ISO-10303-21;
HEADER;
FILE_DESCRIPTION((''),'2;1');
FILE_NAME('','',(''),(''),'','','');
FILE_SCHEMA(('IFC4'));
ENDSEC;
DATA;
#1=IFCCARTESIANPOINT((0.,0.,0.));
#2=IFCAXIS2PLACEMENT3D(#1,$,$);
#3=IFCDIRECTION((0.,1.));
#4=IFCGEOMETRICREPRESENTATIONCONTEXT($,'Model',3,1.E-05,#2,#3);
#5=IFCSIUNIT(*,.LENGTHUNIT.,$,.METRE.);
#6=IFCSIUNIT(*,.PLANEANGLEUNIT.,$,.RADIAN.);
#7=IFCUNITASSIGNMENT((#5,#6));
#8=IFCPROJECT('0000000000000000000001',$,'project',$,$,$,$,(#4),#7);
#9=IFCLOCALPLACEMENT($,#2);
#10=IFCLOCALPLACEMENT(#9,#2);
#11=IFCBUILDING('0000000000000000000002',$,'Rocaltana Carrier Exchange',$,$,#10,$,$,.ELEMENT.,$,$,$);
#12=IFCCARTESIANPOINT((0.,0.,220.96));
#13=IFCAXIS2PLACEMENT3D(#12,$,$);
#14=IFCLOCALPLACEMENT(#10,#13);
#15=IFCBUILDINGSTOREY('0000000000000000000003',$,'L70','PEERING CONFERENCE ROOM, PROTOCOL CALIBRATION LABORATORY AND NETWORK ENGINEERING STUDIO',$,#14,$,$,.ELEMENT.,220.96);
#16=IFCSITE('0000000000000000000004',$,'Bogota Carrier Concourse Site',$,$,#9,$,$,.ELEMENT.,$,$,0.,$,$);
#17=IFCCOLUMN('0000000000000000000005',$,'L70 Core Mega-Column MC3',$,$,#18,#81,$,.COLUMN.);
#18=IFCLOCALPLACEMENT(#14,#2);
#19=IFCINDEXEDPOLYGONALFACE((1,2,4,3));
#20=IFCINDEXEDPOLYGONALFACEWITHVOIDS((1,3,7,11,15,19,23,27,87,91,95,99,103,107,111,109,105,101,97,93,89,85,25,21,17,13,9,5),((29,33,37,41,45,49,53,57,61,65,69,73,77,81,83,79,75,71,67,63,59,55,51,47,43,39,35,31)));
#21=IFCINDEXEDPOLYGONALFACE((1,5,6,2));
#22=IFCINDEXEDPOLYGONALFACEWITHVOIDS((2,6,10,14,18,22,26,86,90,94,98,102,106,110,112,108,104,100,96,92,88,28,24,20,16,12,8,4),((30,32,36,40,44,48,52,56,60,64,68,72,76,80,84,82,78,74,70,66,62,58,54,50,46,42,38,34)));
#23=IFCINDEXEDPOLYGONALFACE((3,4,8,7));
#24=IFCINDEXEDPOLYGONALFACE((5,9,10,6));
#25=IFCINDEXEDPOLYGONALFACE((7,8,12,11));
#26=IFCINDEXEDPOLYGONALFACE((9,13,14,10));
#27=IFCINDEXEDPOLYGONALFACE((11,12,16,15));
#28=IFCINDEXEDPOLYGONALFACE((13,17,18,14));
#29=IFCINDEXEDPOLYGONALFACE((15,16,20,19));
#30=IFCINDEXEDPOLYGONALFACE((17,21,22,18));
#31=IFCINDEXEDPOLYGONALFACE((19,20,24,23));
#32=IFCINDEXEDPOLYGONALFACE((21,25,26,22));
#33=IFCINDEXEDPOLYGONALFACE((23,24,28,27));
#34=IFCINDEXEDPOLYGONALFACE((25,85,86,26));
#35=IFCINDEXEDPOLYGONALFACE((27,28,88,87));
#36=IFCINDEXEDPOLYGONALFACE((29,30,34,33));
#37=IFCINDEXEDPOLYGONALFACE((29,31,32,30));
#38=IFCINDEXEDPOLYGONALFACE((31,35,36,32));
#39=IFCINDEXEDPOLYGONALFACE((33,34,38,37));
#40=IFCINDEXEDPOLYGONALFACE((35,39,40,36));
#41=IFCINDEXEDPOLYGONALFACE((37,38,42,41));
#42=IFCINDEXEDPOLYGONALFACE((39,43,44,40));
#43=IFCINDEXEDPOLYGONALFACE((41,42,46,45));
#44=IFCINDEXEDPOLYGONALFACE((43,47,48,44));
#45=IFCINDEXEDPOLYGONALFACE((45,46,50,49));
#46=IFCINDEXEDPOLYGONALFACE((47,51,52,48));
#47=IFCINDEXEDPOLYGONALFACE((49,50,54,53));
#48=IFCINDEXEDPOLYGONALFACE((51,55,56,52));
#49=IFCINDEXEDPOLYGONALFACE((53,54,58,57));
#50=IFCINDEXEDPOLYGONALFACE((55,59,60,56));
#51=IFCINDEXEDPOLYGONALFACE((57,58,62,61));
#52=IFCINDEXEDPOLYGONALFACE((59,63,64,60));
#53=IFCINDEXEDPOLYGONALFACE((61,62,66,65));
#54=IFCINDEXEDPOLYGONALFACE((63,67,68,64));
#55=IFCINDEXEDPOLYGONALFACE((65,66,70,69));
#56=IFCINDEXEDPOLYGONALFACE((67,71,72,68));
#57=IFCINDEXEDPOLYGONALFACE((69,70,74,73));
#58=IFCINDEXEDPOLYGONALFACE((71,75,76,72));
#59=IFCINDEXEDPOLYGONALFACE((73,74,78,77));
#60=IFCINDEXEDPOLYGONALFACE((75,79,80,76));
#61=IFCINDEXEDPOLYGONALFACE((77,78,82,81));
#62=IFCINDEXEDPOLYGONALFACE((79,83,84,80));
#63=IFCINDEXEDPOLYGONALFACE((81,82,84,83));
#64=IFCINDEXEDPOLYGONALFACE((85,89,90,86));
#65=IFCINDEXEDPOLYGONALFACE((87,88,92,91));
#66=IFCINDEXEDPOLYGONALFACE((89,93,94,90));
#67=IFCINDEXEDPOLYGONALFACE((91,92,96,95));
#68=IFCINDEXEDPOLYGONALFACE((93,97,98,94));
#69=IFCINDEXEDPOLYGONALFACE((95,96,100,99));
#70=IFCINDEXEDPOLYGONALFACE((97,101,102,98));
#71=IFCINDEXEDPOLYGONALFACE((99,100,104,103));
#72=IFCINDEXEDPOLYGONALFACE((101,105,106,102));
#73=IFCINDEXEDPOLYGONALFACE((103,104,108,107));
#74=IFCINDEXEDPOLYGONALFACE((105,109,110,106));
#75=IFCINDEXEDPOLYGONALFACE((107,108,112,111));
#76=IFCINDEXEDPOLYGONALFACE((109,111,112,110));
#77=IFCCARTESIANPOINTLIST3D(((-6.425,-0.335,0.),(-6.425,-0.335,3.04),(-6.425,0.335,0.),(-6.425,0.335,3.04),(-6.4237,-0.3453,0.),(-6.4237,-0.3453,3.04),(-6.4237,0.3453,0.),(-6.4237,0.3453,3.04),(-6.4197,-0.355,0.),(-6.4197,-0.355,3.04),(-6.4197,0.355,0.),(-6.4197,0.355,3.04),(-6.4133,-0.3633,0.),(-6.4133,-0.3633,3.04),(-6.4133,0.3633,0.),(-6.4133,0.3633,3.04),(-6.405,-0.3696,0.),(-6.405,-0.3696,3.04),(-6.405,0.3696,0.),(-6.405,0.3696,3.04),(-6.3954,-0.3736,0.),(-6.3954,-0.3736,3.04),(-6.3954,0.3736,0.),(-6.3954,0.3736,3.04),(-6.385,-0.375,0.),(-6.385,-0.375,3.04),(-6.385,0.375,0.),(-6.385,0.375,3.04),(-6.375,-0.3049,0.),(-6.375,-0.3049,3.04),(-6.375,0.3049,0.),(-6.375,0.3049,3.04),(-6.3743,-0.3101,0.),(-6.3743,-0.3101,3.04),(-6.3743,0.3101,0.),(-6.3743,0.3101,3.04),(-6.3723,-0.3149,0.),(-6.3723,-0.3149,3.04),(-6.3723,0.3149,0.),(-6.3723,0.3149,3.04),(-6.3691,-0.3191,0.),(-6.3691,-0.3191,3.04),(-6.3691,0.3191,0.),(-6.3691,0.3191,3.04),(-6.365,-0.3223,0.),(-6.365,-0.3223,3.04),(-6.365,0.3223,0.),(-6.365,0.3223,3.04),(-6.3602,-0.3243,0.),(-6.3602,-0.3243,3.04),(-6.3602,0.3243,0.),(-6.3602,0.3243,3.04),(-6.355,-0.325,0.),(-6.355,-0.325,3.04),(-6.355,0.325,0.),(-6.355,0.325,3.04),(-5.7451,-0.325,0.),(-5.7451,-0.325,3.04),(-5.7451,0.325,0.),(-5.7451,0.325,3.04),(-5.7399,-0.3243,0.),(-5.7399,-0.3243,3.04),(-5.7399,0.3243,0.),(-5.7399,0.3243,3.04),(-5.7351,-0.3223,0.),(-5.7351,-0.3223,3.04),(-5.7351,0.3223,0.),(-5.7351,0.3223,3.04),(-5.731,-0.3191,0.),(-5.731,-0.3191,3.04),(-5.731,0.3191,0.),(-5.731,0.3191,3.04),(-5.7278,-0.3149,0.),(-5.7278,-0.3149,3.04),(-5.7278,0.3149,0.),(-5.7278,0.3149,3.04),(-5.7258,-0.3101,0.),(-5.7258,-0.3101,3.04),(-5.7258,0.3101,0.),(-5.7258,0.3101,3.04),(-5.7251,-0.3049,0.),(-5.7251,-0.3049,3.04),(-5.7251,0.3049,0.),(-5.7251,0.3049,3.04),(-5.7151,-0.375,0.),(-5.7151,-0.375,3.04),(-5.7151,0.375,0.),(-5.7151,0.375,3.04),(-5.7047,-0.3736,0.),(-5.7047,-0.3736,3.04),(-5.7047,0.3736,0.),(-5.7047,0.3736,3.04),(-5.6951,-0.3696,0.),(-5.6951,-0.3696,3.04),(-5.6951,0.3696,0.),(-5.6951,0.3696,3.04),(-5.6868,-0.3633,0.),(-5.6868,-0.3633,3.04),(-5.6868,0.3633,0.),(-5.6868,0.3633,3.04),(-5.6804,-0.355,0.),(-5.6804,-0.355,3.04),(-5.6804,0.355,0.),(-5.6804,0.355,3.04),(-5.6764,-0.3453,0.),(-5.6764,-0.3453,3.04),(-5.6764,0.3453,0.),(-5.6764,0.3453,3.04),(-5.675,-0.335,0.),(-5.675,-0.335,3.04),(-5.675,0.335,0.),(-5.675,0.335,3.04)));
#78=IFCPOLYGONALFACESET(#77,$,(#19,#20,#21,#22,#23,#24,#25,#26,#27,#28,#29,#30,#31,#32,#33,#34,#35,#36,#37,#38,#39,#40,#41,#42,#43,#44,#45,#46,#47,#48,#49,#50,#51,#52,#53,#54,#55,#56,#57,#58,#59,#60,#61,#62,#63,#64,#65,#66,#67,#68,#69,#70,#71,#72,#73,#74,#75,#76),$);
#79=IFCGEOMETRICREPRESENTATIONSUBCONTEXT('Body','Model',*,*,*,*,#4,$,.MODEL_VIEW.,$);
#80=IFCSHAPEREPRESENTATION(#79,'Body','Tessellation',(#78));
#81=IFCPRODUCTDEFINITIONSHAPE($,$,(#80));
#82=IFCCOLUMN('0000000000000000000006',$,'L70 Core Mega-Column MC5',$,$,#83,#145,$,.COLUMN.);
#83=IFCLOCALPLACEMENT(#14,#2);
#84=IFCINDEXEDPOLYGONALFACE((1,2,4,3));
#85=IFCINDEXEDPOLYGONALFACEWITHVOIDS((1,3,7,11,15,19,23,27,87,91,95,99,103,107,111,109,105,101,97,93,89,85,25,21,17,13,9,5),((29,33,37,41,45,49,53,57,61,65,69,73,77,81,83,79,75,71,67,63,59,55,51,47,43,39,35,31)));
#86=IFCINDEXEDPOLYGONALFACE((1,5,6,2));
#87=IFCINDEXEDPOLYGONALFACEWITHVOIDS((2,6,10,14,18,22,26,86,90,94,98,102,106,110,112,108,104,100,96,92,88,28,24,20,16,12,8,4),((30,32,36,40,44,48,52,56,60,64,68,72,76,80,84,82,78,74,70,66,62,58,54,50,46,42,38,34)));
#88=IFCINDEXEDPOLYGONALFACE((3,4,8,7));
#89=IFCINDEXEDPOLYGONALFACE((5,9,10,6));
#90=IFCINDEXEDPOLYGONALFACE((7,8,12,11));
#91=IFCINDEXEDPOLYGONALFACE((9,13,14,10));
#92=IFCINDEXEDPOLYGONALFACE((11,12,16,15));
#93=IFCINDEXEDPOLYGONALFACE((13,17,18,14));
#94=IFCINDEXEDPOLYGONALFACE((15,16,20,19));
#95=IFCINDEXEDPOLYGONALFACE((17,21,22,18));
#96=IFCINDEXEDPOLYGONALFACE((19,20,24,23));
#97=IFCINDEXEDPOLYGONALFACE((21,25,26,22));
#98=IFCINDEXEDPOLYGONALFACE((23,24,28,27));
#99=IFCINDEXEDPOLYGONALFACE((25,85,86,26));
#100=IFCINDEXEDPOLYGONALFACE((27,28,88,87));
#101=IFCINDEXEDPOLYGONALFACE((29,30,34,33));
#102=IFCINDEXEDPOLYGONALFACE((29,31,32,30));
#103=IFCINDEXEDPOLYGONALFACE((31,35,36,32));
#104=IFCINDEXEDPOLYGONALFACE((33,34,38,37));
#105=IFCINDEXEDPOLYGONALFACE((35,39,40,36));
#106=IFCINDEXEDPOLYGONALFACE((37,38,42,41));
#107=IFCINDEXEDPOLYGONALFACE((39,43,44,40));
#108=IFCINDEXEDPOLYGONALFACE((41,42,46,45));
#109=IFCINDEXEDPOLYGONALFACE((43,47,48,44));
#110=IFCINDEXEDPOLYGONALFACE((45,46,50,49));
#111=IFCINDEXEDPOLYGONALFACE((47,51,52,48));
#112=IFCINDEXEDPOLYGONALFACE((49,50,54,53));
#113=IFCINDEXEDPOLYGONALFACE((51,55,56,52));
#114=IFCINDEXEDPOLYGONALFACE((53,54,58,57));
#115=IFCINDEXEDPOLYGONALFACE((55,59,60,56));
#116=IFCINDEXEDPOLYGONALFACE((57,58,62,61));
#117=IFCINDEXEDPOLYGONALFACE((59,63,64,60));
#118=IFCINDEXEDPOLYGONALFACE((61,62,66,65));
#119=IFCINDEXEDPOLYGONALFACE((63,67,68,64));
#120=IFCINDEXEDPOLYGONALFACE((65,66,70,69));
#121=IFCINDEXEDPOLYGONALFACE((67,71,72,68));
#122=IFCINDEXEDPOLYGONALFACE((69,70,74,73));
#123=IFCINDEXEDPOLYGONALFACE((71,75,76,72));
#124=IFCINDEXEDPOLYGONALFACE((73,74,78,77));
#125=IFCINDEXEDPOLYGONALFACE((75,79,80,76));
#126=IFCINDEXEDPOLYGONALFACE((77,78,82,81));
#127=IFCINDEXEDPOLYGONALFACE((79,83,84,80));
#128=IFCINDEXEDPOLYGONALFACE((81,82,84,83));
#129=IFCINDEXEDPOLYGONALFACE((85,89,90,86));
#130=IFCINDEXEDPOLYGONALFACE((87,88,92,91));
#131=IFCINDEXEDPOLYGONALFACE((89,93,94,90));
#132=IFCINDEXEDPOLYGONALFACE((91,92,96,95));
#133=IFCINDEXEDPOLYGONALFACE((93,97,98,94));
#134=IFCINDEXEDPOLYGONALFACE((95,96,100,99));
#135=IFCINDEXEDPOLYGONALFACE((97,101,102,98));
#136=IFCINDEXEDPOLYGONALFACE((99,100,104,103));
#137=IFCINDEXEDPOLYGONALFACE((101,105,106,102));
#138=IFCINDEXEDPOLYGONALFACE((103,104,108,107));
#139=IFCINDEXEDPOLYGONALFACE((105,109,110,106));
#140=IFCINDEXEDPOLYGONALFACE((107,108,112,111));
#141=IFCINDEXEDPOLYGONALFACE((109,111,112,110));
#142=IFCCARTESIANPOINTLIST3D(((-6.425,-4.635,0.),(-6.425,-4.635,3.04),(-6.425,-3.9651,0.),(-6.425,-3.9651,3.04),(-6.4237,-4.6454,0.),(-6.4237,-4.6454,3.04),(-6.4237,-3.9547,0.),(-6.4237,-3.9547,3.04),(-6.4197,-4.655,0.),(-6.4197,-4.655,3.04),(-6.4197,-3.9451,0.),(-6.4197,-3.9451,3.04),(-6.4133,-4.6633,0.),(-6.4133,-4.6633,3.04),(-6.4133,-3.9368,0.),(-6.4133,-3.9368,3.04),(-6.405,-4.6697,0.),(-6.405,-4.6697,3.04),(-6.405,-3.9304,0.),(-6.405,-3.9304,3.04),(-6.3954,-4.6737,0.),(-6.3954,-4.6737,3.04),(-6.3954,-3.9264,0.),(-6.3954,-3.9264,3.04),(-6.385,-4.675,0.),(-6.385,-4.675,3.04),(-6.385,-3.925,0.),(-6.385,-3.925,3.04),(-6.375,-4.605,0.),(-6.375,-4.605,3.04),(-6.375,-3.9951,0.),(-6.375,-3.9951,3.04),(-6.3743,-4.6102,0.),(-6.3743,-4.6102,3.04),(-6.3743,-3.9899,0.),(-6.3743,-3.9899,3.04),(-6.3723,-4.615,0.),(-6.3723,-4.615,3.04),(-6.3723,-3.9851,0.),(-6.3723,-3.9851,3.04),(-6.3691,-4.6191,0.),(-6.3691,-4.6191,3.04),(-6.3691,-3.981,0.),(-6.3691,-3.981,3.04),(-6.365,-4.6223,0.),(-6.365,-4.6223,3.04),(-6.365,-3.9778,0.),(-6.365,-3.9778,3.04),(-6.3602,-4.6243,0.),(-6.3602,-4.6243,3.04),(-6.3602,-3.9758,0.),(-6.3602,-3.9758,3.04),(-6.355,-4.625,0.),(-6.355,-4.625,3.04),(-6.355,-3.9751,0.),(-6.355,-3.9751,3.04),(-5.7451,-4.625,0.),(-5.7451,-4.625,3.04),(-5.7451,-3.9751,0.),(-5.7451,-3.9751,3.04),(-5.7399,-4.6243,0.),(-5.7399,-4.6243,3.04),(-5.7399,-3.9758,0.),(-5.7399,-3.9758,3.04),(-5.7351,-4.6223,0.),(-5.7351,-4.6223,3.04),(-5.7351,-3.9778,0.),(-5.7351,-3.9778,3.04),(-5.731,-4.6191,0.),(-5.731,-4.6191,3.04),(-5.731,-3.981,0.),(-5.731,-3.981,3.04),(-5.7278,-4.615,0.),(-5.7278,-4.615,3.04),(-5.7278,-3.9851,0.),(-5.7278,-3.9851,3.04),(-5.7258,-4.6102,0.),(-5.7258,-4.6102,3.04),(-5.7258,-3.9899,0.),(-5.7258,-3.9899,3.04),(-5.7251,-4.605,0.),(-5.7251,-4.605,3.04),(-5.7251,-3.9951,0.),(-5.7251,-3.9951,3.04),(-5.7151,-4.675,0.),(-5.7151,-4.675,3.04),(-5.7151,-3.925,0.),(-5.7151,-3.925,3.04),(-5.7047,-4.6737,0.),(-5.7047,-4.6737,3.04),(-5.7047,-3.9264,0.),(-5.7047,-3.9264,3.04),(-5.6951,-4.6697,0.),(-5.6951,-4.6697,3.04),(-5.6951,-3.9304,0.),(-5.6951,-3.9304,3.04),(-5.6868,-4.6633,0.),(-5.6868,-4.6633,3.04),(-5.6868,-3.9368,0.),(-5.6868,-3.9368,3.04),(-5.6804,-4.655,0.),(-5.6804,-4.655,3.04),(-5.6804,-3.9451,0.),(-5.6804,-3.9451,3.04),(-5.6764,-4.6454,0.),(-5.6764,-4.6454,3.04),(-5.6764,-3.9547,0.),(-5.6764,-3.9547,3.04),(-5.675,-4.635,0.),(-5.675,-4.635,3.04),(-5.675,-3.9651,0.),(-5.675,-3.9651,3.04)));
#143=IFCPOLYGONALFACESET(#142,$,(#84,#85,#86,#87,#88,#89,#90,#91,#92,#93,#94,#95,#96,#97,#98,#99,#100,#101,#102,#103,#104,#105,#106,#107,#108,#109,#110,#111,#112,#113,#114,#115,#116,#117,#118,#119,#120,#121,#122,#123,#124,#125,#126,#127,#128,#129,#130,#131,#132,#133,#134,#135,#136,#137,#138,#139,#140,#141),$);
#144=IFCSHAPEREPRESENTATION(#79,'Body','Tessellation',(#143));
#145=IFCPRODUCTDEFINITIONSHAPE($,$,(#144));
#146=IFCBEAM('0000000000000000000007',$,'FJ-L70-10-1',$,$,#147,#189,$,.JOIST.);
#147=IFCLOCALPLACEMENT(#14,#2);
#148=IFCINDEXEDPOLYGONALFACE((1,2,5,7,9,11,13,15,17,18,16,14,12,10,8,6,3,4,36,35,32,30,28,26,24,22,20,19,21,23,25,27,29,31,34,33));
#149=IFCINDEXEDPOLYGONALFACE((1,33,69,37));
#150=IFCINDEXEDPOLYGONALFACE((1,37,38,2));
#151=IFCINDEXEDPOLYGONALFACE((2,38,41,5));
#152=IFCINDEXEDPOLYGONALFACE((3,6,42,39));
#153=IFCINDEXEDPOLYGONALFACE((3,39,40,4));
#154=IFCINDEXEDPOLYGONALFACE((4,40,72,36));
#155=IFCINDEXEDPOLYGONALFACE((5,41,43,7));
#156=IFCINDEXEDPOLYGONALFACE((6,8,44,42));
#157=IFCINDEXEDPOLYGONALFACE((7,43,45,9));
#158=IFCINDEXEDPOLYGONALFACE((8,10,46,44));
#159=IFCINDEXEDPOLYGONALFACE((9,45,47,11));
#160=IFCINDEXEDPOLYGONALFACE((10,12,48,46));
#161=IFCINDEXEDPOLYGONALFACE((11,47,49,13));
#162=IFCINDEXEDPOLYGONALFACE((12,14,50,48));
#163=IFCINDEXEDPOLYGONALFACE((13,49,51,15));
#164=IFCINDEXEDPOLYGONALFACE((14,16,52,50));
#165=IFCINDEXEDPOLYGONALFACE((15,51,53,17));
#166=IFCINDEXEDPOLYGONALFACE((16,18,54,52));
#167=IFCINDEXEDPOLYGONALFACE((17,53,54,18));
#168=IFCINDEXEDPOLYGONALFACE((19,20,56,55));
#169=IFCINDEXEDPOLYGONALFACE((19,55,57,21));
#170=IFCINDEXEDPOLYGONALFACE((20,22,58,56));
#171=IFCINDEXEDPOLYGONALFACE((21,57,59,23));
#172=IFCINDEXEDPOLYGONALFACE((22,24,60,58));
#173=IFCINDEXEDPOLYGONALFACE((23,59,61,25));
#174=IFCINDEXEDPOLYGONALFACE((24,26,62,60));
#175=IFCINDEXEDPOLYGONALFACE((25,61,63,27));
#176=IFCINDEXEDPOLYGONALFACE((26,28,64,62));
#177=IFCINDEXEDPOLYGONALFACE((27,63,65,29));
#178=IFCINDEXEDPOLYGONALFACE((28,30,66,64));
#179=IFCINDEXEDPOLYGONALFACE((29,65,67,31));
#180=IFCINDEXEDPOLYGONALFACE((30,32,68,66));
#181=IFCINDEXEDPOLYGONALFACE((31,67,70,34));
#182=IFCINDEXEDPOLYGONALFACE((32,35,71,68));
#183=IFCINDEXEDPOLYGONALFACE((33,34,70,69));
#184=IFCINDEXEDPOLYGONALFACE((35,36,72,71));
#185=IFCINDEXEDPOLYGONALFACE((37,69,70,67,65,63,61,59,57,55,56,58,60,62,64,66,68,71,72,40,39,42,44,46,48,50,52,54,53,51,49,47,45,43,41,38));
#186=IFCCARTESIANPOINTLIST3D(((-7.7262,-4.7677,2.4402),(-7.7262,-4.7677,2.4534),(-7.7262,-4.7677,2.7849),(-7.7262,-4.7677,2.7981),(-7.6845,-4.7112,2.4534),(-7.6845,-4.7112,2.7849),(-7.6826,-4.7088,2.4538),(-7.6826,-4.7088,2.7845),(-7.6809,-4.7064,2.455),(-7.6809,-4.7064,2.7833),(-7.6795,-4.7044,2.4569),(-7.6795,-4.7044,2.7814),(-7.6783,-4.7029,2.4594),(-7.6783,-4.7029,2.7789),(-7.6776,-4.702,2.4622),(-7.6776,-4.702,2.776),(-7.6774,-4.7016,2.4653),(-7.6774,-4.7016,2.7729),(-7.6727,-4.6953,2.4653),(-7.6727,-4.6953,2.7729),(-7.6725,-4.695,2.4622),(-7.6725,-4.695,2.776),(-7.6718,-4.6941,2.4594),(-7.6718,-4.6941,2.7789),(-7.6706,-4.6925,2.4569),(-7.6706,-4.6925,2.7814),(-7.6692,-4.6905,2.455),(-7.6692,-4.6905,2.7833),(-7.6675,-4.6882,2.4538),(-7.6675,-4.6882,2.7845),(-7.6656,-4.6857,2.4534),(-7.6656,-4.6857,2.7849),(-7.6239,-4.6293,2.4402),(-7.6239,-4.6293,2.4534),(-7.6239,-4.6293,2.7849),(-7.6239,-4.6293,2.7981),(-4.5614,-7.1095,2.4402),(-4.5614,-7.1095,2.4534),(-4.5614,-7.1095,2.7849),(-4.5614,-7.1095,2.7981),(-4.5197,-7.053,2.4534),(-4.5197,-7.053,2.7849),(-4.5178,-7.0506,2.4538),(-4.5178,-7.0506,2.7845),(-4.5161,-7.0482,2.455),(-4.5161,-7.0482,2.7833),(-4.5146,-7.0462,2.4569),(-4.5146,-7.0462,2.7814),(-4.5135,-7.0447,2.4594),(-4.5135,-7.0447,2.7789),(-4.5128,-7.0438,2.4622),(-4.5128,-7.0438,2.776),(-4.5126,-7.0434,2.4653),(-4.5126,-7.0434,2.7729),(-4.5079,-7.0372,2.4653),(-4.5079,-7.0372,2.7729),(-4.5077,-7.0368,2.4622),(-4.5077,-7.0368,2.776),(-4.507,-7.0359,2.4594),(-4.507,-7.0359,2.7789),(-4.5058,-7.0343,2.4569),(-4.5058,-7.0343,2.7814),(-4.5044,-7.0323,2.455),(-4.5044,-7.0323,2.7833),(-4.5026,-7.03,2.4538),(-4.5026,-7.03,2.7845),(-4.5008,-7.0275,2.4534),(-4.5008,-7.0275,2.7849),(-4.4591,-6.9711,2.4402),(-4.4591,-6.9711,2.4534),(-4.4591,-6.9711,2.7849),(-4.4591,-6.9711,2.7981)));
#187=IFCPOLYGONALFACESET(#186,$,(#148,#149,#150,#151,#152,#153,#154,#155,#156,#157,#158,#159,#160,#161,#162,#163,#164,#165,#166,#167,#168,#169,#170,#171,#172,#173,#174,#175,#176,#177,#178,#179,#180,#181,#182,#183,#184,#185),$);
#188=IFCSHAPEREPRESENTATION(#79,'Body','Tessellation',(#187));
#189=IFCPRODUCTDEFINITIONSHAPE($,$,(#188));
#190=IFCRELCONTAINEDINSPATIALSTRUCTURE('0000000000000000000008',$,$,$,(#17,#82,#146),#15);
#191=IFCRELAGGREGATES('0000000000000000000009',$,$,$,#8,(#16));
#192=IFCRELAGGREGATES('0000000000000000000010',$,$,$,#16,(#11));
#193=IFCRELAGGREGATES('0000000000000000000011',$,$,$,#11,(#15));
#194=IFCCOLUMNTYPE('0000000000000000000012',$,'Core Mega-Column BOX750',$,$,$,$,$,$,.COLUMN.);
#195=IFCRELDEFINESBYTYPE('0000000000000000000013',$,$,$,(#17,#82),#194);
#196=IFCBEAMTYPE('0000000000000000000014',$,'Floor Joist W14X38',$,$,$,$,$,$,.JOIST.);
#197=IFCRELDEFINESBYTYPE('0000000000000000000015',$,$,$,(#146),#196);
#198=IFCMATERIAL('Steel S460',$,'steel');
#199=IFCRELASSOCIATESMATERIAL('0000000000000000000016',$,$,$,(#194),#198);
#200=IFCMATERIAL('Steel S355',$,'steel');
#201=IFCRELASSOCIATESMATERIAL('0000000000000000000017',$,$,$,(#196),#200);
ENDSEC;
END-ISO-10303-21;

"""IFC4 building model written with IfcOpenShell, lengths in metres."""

from ifc_helpers import new_model, si_unit, direction, frame, origin, origin_2d, place, context, subcontext, project, spatial, hollow_rectangle, i_section, extrude, material, material_profile, profile_set, type_object, element, save


model = new_model("IFC4")

# Units and contexts
model_context = context("Model", 3, precision=1e-05, world=origin(), true_north=direction((0.0, 1.0)))
body_context = subcontext(model_context, "Body", "Model", "MODEL_VIEW")
ifc_project = project(units=[si_unit("LENGTHUNIT", "METRE"), si_unit("PLANEANGLEUNIT", "RADIAN")], contexts=[model_context])

# Site, building, storey
site_placement = place(None, origin())
site = spatial("IfcSite", under=ifc_project, at=site_placement, Name="Bogota Carrier Concourse Site", CompositionType="ELEMENT", RefElevation=0.0)
building_placement = place(site_placement, origin())
building = spatial("IfcBuilding", under=site, at=building_placement, Name="Rocaltana Carrier Exchange", CompositionType="ELEMENT")
storey_placement = place(building_placement, frame((0.0, 0.0, 220.96)))
storey = spatial("IfcBuildingStorey", under=building, at=storey_placement, Name="L70", Description="PEERING CONFERENCE ROOM, PROTOCOL CALIBRATION LABORATORY AND NETWORK ENGINEERING STUDIO", CompositionType="ELEMENT", Elevation=220.96)

# Columns
ifc_material_1 = material(Name="Steel S460", Category="steel")
ifc_material_profile_1 = material_profile(ifc_material_1, hollow_rectangle(XDim=0.75, YDim=0.75, WallThickness=0.05, InnerFilletRadius=0.02, OuterFilletRadius=0.04, at=origin_2d()), Name="BOX750X750X50")
ifc_profile_set_1 = profile_set([ifc_material_profile_1], Name="Steel S460")
column_type = type_object("IfcColumnType", Name="Core Mega-Column BOX750", PredefinedType="COLUMN", material=ifc_profile_set_1)
for number, where, z_axis, x_axis, name in (
    (1, (-6.05, 0.0, 0.0), (0.0, 0.0, 1.0), (1.0, 0.0, 0.0), "L70 Core Mega-Column MC3"),
    (2, (-6.05, -4.3, 0.0), (0.0, 0.0, 1.0), (1.0, 0.0, 0.0), "L70 Core Mega-Column MC5"),
):
    element("IfcColumn", number, at=place(storey_placement, frame(where, z_axis=z_axis, x_axis=x_axis)), inside=storey, type_object=column_type, Name=name, PredefinedType="COLUMN", context=body_context, shape_type="SweptSolid", body=[
        extrude(hollow_rectangle(XDim=0.75, YDim=0.75, WallThickness=0.05, InnerFilletRadius=0.02, OuterFilletRadius=0.04, at=origin_2d()), origin(), (0.0, 0.0, 1.0), 3.04),
    ])

# Beam
ifc_material_2 = material(Name="Steel S355", Category="steel")
ifc_material_profile_2 = material_profile(ifc_material_2, i_section(OverallWidth=0.1721, OverallDepth=0.3579, WebThickness=0.0078, FlangeThickness=0.0132, FilletRadius=0.012, at=origin_2d()), Name="W14X38")
ifc_profile_set_2 = profile_set([ifc_material_profile_2], Name="Steel S355")
beam_type_1 = type_object("IfcBeamType", Name="Floor Joist W14X38", PredefinedType="JOIST", material=ifc_profile_set_2)
beam_1_placement = place(storey_placement, frame((-7.675, -4.6985, 2.6191), z_axis=(0.80386, -0.594818, 0.0), x_axis=(0.594818, 0.80386, 0.0)))
element("IfcBeam", 3, at=beam_1_placement, inside=storey, type_object=beam_type_1, Name="FJ-L70-10-1", PredefinedType="JOIST", context=body_context, shape_type="SweptSolid", body=[
    extrude(i_section(OverallWidth=0.1721, OverallDepth=0.3579, WebThickness=0.0078, FlangeThickness=0.0132, FilletRadius=0.012, at=origin_2d()), origin(), (0.0, 0.0, 1.0), 3.937),
])

save(model, "model.ifc")
